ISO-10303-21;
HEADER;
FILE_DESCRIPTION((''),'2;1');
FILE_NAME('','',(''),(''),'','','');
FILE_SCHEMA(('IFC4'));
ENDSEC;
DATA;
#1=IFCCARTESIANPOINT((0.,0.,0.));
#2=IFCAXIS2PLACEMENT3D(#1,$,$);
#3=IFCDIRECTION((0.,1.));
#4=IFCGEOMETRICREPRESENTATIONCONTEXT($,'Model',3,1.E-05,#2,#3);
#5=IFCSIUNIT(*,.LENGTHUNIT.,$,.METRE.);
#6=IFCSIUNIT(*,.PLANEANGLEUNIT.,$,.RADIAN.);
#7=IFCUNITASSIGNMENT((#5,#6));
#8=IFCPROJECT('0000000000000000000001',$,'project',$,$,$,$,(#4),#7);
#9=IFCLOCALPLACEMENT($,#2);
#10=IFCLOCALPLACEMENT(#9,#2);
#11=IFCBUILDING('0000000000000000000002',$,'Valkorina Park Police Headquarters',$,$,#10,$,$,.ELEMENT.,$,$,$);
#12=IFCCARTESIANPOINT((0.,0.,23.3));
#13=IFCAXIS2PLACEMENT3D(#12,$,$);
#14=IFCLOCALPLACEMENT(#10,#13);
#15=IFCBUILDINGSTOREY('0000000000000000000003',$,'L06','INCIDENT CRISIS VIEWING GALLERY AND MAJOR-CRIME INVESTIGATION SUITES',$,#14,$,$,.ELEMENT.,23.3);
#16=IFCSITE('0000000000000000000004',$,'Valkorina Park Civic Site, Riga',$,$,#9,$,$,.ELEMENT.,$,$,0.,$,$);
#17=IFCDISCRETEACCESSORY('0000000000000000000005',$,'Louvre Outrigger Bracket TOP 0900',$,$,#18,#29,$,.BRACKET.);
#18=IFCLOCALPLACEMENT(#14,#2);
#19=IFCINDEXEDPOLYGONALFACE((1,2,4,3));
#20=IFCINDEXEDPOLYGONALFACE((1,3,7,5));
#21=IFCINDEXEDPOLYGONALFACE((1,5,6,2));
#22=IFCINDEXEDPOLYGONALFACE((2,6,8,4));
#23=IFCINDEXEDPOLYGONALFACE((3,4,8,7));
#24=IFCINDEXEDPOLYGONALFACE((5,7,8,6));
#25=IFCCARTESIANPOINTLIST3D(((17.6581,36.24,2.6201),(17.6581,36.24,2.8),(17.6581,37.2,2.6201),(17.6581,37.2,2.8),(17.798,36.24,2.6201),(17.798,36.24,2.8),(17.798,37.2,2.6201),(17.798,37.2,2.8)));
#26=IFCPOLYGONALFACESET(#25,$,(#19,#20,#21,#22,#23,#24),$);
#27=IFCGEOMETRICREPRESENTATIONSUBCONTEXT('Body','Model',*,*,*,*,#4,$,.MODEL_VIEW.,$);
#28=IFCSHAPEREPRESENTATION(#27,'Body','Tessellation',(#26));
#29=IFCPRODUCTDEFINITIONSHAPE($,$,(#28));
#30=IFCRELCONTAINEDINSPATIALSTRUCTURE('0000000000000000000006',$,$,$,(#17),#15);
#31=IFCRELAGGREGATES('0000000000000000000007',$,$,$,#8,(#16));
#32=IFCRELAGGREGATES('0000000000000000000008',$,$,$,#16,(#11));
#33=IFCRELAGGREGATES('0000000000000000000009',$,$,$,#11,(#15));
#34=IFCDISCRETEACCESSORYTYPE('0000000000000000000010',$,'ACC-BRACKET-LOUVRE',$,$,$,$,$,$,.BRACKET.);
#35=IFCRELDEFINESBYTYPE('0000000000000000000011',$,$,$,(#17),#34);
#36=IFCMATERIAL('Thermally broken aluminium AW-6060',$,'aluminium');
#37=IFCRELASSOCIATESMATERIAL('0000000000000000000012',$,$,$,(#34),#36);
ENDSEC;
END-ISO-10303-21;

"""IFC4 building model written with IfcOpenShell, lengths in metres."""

from ifc_helpers import new_model, si_unit, direction, frame, origin, origin_2d, place, context, subcontext, project, spatial, rectangle, extrude, material, type_object, element, save


model = new_model("IFC4")

# Units and contexts
model_context = context("Model", 3, precision=1e-05, world=origin(), true_north=direction((0.0, 1.0)))
body_context = subcontext(model_context, "Body", "Model", "MODEL_VIEW")
ifc_project = project(units=[si_unit("LENGTHUNIT", "METRE"), si_unit("PLANEANGLEUNIT", "RADIAN")], contexts=[model_context])

# Site, building, storey
site_placement = place(None, origin())
site = spatial("IfcSite", under=ifc_project, at=site_placement, Name="Valkorina Park Civic Site, Riga", CompositionType="ELEMENT", RefElevation=0.0)
building_placement = place(site_placement, origin())
building = spatial("IfcBuilding", under=site, at=building_placement, Name="Valkorina Park Police Headquarters", CompositionType="ELEMENT")
storey_placement = place(building_placement, frame((0.0, 0.0, 23.3)))
storey = spatial("IfcBuildingStorey", under=building, at=storey_placement, Name="L06", Description="INCIDENT CRISIS VIEWING GALLERY AND MAJOR-CRIME INVESTIGATION SUITES", CompositionType="ELEMENT", Elevation=23.3)

# Shared definitions
ifc_material_1 = material(Name="Thermally broken aluminium AW-6060", Category="aluminium")

# Discrete accessory
discrete_accessory_type = type_object("IfcDiscreteAccessoryType", Name="ACC-BRACKET-LOUVRE", PredefinedType="BRACKET", material=ifc_material_1)
for number, where, z_axis, x_axis, name in (
    (1, (17.728, 36.72, 2.6201), (0.0, 0.0, 1.0), (0.0, -1.0, 0.0), "Louvre Outrigger Bracket TOP 0900"),
):
    element("IfcDiscreteAccessory", number, at=place(storey_placement, frame(where, z_axis=z_axis, x_axis=x_axis)), inside=storey, type_object=discrete_accessory_type, Name=name, PredefinedType="BRACKET", context=body_context, shape_type="SweptSolid", body=[
        extrude(rectangle(XDim=0.96, YDim=0.1399, at=origin_2d()), origin(), (0.0, 0.0, 1.0), 0.1799),
    ])

save(model, "model.ifc")
